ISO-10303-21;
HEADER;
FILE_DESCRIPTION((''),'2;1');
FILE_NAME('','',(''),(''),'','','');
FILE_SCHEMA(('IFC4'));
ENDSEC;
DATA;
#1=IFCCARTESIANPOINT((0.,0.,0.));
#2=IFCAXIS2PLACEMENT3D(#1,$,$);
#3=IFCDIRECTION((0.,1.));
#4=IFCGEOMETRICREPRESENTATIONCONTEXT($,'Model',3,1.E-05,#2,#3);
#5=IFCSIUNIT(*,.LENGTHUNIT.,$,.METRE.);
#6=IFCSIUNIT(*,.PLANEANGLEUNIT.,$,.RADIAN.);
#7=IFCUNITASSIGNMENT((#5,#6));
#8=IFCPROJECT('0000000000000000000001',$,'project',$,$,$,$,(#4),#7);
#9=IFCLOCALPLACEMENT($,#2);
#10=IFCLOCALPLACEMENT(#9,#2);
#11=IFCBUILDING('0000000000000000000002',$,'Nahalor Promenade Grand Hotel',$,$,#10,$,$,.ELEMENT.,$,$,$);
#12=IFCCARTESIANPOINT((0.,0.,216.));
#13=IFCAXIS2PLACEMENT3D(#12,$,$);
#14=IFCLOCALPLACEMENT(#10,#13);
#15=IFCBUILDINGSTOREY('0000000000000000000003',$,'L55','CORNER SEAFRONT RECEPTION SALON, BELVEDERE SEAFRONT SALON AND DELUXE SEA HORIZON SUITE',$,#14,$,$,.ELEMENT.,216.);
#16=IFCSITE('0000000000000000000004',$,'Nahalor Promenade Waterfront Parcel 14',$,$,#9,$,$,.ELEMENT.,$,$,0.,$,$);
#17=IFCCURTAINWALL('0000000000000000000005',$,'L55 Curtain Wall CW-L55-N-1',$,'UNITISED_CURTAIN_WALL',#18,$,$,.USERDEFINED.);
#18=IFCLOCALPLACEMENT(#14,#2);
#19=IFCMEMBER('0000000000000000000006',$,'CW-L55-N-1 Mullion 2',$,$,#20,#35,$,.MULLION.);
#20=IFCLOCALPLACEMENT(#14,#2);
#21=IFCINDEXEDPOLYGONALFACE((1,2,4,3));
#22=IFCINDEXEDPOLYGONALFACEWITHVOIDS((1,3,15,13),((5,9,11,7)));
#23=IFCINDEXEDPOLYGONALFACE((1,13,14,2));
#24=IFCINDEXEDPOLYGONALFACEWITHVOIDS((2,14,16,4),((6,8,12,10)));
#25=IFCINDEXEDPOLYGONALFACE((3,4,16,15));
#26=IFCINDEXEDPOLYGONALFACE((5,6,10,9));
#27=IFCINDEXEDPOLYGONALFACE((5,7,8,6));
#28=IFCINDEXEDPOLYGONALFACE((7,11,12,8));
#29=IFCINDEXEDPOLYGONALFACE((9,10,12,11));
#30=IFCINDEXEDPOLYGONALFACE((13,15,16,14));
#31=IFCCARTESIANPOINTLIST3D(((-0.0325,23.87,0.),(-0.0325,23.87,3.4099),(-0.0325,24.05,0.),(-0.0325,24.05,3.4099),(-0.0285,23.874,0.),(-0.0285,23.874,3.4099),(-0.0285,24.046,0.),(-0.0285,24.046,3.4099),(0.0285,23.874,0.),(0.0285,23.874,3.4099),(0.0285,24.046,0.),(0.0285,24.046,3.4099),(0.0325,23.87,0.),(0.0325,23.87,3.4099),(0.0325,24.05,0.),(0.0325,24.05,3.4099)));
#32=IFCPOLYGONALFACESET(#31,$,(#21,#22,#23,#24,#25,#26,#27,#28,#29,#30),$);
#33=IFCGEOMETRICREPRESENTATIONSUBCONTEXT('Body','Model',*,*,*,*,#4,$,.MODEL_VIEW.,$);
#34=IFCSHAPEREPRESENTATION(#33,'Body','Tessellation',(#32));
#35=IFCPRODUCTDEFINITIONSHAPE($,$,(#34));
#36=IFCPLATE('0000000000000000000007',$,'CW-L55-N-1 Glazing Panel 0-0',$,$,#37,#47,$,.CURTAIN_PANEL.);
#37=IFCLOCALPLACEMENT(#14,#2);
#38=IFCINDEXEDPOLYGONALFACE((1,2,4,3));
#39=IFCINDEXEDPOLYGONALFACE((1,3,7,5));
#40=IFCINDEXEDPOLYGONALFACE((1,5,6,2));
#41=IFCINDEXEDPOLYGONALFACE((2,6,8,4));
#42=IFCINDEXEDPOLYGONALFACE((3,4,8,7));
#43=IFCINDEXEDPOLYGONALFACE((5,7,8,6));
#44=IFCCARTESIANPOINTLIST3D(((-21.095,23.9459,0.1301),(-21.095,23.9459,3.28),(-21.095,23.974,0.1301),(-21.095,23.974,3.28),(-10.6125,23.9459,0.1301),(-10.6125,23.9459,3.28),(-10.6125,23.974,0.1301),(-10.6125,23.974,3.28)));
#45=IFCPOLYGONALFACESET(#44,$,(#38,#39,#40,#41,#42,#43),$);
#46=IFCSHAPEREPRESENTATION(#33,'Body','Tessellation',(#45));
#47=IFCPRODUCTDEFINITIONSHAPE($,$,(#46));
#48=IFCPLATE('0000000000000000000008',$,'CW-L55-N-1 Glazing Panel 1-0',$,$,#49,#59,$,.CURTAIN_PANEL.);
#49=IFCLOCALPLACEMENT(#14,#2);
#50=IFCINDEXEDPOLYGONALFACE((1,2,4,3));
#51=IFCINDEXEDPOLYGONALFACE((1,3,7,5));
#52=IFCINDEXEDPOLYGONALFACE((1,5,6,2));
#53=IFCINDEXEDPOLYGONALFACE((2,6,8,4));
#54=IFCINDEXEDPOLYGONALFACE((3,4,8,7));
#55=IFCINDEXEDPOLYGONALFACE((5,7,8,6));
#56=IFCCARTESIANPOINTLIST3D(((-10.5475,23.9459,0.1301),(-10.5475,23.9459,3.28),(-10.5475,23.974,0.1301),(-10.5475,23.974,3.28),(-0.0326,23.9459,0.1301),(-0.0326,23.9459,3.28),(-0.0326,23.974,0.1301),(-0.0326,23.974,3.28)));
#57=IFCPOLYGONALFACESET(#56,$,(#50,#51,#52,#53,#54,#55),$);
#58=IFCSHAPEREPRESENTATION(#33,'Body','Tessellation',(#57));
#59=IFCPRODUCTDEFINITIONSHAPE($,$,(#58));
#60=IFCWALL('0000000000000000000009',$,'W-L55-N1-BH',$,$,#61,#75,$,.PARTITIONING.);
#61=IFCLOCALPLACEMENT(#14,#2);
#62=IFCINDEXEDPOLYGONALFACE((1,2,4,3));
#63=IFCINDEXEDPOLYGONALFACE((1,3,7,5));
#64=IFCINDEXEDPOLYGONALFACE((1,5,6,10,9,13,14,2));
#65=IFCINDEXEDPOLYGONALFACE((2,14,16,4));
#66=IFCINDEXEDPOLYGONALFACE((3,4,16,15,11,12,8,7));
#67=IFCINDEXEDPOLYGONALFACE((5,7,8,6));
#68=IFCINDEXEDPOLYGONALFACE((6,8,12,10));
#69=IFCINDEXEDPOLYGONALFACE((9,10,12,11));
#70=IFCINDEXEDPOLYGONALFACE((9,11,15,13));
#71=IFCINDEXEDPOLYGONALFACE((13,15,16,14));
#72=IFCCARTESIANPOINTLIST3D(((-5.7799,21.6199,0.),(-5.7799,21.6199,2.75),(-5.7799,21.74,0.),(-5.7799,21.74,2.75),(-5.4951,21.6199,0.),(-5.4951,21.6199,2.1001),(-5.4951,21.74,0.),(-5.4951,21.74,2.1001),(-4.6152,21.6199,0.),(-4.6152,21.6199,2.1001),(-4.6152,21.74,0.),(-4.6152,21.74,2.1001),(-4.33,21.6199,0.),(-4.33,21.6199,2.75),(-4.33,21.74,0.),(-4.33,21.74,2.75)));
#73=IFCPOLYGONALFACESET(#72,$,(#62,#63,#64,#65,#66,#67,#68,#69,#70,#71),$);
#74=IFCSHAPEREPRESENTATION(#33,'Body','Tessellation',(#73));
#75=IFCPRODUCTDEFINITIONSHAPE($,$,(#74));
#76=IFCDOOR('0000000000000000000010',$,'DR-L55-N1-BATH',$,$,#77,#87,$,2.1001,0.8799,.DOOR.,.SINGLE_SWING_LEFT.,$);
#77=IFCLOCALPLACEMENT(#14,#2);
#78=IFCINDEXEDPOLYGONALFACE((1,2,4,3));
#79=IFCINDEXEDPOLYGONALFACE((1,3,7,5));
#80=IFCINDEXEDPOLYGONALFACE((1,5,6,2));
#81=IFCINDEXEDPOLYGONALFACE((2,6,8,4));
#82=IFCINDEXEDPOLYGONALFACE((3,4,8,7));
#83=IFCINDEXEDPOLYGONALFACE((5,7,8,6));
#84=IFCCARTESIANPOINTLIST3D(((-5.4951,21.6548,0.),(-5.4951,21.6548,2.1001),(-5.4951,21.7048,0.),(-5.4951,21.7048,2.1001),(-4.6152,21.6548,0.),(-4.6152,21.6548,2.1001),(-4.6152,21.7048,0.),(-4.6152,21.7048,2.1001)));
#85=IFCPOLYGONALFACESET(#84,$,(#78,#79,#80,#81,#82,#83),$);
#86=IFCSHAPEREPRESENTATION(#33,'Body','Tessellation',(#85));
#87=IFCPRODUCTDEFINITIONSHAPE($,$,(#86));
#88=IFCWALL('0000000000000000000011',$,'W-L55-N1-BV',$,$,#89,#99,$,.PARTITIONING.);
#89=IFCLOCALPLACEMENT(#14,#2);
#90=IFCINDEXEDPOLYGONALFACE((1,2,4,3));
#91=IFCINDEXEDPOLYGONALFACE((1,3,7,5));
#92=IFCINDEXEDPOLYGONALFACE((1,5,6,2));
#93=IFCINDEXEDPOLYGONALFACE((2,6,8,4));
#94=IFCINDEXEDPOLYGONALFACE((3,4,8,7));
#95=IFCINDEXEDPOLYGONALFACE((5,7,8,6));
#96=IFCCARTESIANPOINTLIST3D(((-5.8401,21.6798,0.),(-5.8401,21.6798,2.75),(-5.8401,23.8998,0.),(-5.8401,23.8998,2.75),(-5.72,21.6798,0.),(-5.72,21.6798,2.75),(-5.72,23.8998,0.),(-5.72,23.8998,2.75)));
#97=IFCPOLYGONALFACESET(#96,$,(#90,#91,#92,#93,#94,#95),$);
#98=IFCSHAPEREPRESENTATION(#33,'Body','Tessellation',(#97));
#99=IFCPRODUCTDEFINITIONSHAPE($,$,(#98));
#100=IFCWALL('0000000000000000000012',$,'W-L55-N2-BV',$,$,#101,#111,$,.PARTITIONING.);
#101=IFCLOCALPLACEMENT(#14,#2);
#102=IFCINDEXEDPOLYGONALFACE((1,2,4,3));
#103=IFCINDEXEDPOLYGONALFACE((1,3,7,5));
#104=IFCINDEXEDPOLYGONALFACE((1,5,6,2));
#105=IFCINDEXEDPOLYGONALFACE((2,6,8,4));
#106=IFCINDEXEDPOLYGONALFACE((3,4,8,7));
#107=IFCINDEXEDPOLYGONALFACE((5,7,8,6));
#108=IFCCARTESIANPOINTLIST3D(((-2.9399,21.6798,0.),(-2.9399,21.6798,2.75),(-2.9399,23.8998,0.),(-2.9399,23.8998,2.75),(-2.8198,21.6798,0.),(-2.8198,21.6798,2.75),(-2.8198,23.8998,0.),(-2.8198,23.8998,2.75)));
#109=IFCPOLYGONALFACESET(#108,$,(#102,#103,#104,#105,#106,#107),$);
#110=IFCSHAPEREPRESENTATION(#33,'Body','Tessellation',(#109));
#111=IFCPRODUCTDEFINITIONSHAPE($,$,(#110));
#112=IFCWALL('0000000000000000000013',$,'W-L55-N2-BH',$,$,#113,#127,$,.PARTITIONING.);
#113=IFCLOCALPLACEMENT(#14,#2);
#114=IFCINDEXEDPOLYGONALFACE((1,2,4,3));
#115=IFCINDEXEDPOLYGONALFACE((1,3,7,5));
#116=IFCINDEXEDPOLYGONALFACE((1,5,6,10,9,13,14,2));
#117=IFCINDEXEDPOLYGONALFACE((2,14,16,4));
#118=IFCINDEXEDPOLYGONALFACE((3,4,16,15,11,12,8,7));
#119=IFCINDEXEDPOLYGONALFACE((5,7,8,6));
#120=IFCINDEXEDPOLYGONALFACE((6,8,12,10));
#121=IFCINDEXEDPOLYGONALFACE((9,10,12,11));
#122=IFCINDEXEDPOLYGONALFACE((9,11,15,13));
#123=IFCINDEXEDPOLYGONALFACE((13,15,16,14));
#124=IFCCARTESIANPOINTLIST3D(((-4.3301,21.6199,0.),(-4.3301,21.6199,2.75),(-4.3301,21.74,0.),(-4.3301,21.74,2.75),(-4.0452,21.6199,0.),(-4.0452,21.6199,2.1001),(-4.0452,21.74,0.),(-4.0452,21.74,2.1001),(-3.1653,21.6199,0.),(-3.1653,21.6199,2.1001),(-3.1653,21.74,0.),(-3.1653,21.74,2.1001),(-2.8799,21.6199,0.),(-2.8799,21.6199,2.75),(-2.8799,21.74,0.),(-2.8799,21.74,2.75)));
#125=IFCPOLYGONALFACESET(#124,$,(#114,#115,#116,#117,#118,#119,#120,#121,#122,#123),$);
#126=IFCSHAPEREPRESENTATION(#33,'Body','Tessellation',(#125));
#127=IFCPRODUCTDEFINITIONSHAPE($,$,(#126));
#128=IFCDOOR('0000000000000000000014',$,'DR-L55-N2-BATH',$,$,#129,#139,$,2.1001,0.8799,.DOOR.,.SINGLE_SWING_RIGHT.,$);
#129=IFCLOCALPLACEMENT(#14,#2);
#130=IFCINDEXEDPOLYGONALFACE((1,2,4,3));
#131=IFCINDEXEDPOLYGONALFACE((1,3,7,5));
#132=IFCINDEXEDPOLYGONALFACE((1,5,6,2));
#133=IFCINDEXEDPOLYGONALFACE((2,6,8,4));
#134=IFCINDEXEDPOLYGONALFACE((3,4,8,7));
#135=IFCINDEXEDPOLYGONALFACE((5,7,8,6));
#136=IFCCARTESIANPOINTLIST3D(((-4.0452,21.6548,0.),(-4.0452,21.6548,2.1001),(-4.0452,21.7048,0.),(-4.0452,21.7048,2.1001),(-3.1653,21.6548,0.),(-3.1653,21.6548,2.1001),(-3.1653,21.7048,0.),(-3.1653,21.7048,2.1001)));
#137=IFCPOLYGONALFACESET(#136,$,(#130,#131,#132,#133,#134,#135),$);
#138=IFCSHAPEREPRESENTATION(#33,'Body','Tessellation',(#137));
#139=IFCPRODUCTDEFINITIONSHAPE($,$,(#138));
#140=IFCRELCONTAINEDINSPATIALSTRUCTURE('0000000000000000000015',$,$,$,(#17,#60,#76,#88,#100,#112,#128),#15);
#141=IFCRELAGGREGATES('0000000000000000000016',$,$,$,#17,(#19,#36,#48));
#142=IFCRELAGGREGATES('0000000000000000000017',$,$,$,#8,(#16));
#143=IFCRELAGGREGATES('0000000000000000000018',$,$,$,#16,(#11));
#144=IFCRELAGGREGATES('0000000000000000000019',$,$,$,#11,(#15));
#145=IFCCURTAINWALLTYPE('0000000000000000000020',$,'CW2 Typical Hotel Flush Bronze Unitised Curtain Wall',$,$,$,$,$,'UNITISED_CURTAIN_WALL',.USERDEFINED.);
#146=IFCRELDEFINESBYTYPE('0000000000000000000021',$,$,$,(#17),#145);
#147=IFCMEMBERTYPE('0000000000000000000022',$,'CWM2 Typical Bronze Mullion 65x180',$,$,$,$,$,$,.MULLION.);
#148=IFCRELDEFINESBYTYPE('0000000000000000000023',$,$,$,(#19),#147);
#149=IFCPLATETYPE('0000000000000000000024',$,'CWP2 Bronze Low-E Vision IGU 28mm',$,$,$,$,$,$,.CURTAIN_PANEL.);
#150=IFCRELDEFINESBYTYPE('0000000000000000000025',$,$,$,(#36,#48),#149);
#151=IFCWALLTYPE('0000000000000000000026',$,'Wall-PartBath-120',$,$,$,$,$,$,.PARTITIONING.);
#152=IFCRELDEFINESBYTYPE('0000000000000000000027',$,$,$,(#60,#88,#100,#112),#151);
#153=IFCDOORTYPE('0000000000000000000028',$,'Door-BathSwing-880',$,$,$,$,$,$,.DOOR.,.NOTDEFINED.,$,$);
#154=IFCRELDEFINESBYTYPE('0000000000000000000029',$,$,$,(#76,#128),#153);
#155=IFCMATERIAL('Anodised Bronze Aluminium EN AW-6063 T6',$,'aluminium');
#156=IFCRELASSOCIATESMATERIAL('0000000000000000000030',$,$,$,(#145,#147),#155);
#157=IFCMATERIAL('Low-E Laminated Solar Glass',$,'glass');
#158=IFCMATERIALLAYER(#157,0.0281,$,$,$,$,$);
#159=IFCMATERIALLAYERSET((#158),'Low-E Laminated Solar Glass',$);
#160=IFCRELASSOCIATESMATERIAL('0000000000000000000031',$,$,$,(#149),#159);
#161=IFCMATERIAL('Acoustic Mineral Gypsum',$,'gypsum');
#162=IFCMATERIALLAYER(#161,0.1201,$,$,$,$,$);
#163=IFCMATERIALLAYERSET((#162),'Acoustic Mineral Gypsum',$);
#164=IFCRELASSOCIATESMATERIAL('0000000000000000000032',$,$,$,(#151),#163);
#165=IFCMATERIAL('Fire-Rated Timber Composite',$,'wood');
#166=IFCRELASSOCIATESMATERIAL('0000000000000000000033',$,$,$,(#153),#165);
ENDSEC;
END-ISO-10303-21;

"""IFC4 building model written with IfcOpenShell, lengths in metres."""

from ifc_helpers import new_model, si_unit, direction, frame, frame_2d, origin, origin_2d, place, context, subcontext, project, spatial, rectangle, hollow_rectangle, extrude, source, transform, mapped, material, layer, layer_set, material_profile, profile_set, type_object, element, fill, aggregate, save


model = new_model("IFC4")

# Units and contexts
model_context = context("Model", 3, precision=1e-05, world=origin(), true_north=direction((0.0, 1.0)))
body_context = subcontext(model_context, "Body", "Model", "MODEL_VIEW")
ifc_project = project(units=[si_unit("LENGTHUNIT", "METRE"), si_unit("PLANEANGLEUNIT", "RADIAN")], contexts=[model_context])

# Site, building, storey
site_placement = place(None, origin())
site = spatial("IfcSite", under=ifc_project, at=site_placement, Name="Nahalor Promenade Waterfront Parcel 14", CompositionType="ELEMENT", RefElevation=0.0)
building_placement = place(site_placement, origin())
building = spatial("IfcBuilding", under=site, at=building_placement, Name="Nahalor Promenade Grand Hotel", CompositionType="ELEMENT")
storey_placement = place(building_placement, frame((0.0, 0.0, 216.0)))
storey = spatial("IfcBuildingStorey", under=building, at=storey_placement, Name="L55", Description="CORNER SEAFRONT RECEPTION SALON, BELVEDERE SEAFRONT SALON AND DELUXE SEA HORIZON SUITE", CompositionType="ELEMENT", Elevation=216.0)

# Curtain wall, member, plates
ifc_material_1 = material(Name="Anodised Bronze Aluminium EN AW-6063 T6", Category="aluminium")
curtain_wall_type = type_object("IfcCurtainWallType", Name="CW2 Typical Hotel Flush Bronze Unitised Curtain Wall", ElementType="UNITISED_CURTAIN_WALL", PredefinedType="USERDEFINED", material=ifc_material_1)
curtain_wall_placement = place(storey_placement, origin())
curtain_wall = element("IfcCurtainWall", 1, at=curtain_wall_placement, inside=storey, type_object=curtain_wall_type, Name="L55 Curtain Wall CW-L55-N-1", ObjectType="UNITISED_CURTAIN_WALL", PredefinedType="USERDEFINED")
ifc_material_profile_1 = material_profile(ifc_material_1, hollow_rectangle(XDim=0.065, YDim=0.18, WallThickness=0.004, at=origin_2d()), Name="CWM 65x180x4")
ifc_profile_set_1 = profile_set([ifc_material_profile_1], Name="Anodised Bronze Aluminium EN AW-6063 T6")
member_type_1 = type_object("IfcMemberType", Name="CWM2 Typical Bronze Mullion 65x180", PredefinedType="MULLION", material=ifc_profile_set_1)
shared_shape_1 = source(origin(), body_context, "Body", "SweptSolid", [
    extrude(hollow_rectangle(XDim=0.065, YDim=0.18, WallThickness=0.004, at=origin_2d()), origin(), (0.0, 0.0, 1.0), 3.4099),
])
member_1_placement = place(storey_placement, frame((0.0, 23.96, 0.0), z_axis=(0.0, 0.0, 1.0), x_axis=(1.0, 0.0, 0.0)))
member_1 = element("IfcMember", 2, at=member_1_placement, type_object=member_type_1, Name="CW-L55-N-1 Mullion 2", PredefinedType="MULLION", context=body_context, shape_type="MappedRepresentation", body=[
    mapped(shared_shape_1, transform((0.0, 0.0, 0.0), scale=1.0)),
])
ifc_material_2 = material(Name="Low-E Laminated Solar Glass", Category="glass")
ifc_layer_1 = layer(ifc_material_2, 0.0281)
ifc_layer_set_1 = layer_set([ifc_layer_1], Name="Low-E Laminated Solar Glass")
plate_type = type_object("IfcPlateType", Name="CWP2 Bronze Low-E Vision IGU 28mm", PredefinedType="CURTAIN_PANEL", material=ifc_layer_set_1)
shared_shape_2 = source(origin(), body_context, "Body", "SweptSolid", [
    extrude(rectangle(XDim=10.4824, YDim=0.0281, at=origin_2d()), origin(), (0.0, 0.0, 1.0), 3.1499),
])
plate_1_placement = place(storey_placement, frame((-15.8538, 23.96, 0.1301), z_axis=(0.0, 0.0, 1.0), x_axis=(1.0, 0.0, 0.0)))
plate_1 = element("IfcPlate", 3, at=plate_1_placement, type_object=plate_type, Name="CW-L55-N-1 Glazing Panel 0-0", PredefinedType="CURTAIN_PANEL", context=body_context, shape_type="MappedRepresentation", body=[
    mapped(shared_shape_2, transform((0.0, 0.0, 0.0), scale=1.0)),
])
shared_shape_3 = source(origin(), body_context, "Body", "SweptSolid", [
    extrude(rectangle(XDim=10.5149, YDim=0.0281, at=origin_2d()), origin(), (0.0, 0.0, 1.0), 3.1499),
])
plate_2_placement = place(storey_placement, frame((-5.29, 23.96, 0.1301), z_axis=(0.0, 0.0, 1.0), x_axis=(1.0, 0.0, 0.0)))
plate_2 = element("IfcPlate", 4, at=plate_2_placement, type_object=plate_type, Name="CW-L55-N-1 Glazing Panel 1-0", PredefinedType="CURTAIN_PANEL", context=body_context, shape_type="MappedRepresentation", body=[
    mapped(shared_shape_3, transform((0.0, 0.0, 0.0), scale=1.0)),
])
aggregate(curtain_wall, [member_1, plate_1, plate_2])

# Wall, opening, door
ifc_material_3 = material(Name="Acoustic Mineral Gypsum", Category="gypsum")
ifc_layer_2 = layer(ifc_material_3, 0.1201)
ifc_layer_set_2 = layer_set([ifc_layer_2], Name="Acoustic Mineral Gypsum")
wall_type = type_object("IfcWallType", Name="Wall-PartBath-120", PredefinedType="PARTITIONING", material=ifc_layer_set_2)
shared_shape_4 = source(origin(), body_context, "Body", "SweptSolid", [
    extrude(rectangle(XDim=1.45, YDim=0.1201, at=frame_2d((0.7251, 0.0))), origin(), (0.0, 0.0, 1.0), 2.75),
])
wall_1_placement = place(storey_placement, frame((-5.78, 21.6799, 0.0), z_axis=(0.0, 0.0, 1.0), x_axis=(1.0, 0.0, 0.0)))
wall_1 = element("IfcWall", 5, at=wall_1_placement, inside=storey, type_object=wall_type, Name="W-L55-N1-BH", PredefinedType="PARTITIONING", context=body_context, shape_type="MappedRepresentation", body=[
    mapped(shared_shape_4, transform((0.0, 0.0, 0.0), scale=1.0)),
])
opening_1_placement = place(wall_1_placement, frame((0.2849, 0.0, 0.0)))
opening_1 = element("IfcOpeningElement", 6, at=opening_1_placement, cuts=wall_1, PredefinedType="OPENING", context=body_context, shape_type="SweptSolid", body=[
    extrude(rectangle(XDim=0.8799, YDim=2.1001, at=frame_2d((0.4399, 1.05))), frame((0.0, 0.0701, 0.0), z_axis=(0.0, -1.0, 0.0), x_axis=(1.0, 0.0, 0.0)), (0.0, 0.0, 1.0), 0.1401),
])
ifc_material_4 = material(Name="Fire-Rated Timber Composite", Category="wood")
door_type = type_object("IfcDoorType", Name="Door-BathSwing-880", OperationType="NOTDEFINED", PredefinedType="DOOR", material=ifc_material_4)
shared_shape_5 = source(origin(), body_context, "Body", "SweptSolid", [
    extrude(rectangle(XDim=0.8799, YDim=2.1001, at=frame_2d((0.4399, 1.05))), frame((0.0, 0.0249, 0.0), z_axis=(0.0, -1.0, 0.0), x_axis=(1.0, 0.0, 0.0)), (0.0, 0.0, 1.0), 0.05),
])
door_1_placement = place(opening_1_placement, origin())
door_1 = element("IfcDoor", 7, at=door_1_placement, inside=storey, type_object=door_type, Name="DR-L55-N1-BATH", OperationType="SINGLE_SWING_LEFT", OverallHeight=2.1001, OverallWidth=0.8799, PredefinedType="DOOR", context=body_context, shape_type="MappedRepresentation", body=[
    mapped(shared_shape_5, transform((0.0, 0.0, 0.0), scale=1.0)),
])
fill(opening_1, door_1)

# Walls
shared_shape_6 = source(origin(), body_context, "Body", "SweptSolid", [
    extrude(rectangle(XDim=2.22, YDim=0.1201, at=frame_2d((1.1099, 0.0))), origin(), (0.0, 0.0, 1.0), 2.75),
])
for number, where, z_axis, x_axis, name in (
    (8, (-5.78, 21.6799, 0.0), (0.0, 0.0, 1.0), (0.0, 1.0, 0.0), "W-L55-N1-BV"),
    (9, (-2.8799, 21.6799, 0.0), (0.0, 0.0, 1.0), (0.0, 1.0, 0.0), "W-L55-N2-BV"),
):
    element("IfcWall", number, at=place(storey_placement, frame(where, z_axis=z_axis, x_axis=x_axis)), inside=storey, type_object=wall_type, Name=name, PredefinedType="PARTITIONING", context=body_context, shape_type="MappedRepresentation", body=[
        mapped(shared_shape_6, transform((0.0, 0.0, 0.0), scale=1.0)),
    ])

# Wall, opening, door
shared_shape_7 = source(origin(), body_context, "Body", "SweptSolid", [
    extrude(rectangle(XDim=1.4502, YDim=0.1201, at=frame_2d((0.7251, 0.0))), origin(), (0.0, 0.0, 1.0), 2.75),
])
wall_2_placement = place(storey_placement, frame((-4.3301, 21.6799, 0.0), z_axis=(0.0, 0.0, 1.0), x_axis=(1.0, 0.0, 0.0)))
wall_2 = element("IfcWall", 10, at=wall_2_placement, inside=storey, type_object=wall_type, Name="W-L55-N2-BH", PredefinedType="PARTITIONING", context=body_context, shape_type="MappedRepresentation", body=[
    mapped(shared_shape_7, transform((0.0, 0.0, 0.0), scale=1.0)),
])
opening_2_placement = place(wall_2_placement, frame((0.2849, 0.0, 0.0)))
opening_2 = element("IfcOpeningElement", 11, at=opening_2_placement, cuts=wall_2, PredefinedType="OPENING", context=body_context, shape_type="SweptSolid", body=[
    extrude(rectangle(XDim=0.8799, YDim=2.1001, at=frame_2d((0.4399, 1.05))), frame((0.0, 0.0701, 0.0), z_axis=(0.0, -1.0, 0.0), x_axis=(1.0, 0.0, 0.0)), (0.0, 0.0, 1.0), 0.1401),
])
door_2_placement = place(opening_2_placement, origin())
door_2 = element("IfcDoor", 12, at=door_2_placement, inside=storey, type_object=door_type, Name="DR-L55-N2-BATH", OperationType="SINGLE_SWING_RIGHT", OverallHeight=2.1001, OverallWidth=0.8799, PredefinedType="DOOR", context=body_context, shape_type="MappedRepresentation", body=[
    mapped(shared_shape_5, transform((0.0, 0.0, 0.0), scale=1.0)),
])
fill(opening_2, door_2)

save(model, "model.ifc")
